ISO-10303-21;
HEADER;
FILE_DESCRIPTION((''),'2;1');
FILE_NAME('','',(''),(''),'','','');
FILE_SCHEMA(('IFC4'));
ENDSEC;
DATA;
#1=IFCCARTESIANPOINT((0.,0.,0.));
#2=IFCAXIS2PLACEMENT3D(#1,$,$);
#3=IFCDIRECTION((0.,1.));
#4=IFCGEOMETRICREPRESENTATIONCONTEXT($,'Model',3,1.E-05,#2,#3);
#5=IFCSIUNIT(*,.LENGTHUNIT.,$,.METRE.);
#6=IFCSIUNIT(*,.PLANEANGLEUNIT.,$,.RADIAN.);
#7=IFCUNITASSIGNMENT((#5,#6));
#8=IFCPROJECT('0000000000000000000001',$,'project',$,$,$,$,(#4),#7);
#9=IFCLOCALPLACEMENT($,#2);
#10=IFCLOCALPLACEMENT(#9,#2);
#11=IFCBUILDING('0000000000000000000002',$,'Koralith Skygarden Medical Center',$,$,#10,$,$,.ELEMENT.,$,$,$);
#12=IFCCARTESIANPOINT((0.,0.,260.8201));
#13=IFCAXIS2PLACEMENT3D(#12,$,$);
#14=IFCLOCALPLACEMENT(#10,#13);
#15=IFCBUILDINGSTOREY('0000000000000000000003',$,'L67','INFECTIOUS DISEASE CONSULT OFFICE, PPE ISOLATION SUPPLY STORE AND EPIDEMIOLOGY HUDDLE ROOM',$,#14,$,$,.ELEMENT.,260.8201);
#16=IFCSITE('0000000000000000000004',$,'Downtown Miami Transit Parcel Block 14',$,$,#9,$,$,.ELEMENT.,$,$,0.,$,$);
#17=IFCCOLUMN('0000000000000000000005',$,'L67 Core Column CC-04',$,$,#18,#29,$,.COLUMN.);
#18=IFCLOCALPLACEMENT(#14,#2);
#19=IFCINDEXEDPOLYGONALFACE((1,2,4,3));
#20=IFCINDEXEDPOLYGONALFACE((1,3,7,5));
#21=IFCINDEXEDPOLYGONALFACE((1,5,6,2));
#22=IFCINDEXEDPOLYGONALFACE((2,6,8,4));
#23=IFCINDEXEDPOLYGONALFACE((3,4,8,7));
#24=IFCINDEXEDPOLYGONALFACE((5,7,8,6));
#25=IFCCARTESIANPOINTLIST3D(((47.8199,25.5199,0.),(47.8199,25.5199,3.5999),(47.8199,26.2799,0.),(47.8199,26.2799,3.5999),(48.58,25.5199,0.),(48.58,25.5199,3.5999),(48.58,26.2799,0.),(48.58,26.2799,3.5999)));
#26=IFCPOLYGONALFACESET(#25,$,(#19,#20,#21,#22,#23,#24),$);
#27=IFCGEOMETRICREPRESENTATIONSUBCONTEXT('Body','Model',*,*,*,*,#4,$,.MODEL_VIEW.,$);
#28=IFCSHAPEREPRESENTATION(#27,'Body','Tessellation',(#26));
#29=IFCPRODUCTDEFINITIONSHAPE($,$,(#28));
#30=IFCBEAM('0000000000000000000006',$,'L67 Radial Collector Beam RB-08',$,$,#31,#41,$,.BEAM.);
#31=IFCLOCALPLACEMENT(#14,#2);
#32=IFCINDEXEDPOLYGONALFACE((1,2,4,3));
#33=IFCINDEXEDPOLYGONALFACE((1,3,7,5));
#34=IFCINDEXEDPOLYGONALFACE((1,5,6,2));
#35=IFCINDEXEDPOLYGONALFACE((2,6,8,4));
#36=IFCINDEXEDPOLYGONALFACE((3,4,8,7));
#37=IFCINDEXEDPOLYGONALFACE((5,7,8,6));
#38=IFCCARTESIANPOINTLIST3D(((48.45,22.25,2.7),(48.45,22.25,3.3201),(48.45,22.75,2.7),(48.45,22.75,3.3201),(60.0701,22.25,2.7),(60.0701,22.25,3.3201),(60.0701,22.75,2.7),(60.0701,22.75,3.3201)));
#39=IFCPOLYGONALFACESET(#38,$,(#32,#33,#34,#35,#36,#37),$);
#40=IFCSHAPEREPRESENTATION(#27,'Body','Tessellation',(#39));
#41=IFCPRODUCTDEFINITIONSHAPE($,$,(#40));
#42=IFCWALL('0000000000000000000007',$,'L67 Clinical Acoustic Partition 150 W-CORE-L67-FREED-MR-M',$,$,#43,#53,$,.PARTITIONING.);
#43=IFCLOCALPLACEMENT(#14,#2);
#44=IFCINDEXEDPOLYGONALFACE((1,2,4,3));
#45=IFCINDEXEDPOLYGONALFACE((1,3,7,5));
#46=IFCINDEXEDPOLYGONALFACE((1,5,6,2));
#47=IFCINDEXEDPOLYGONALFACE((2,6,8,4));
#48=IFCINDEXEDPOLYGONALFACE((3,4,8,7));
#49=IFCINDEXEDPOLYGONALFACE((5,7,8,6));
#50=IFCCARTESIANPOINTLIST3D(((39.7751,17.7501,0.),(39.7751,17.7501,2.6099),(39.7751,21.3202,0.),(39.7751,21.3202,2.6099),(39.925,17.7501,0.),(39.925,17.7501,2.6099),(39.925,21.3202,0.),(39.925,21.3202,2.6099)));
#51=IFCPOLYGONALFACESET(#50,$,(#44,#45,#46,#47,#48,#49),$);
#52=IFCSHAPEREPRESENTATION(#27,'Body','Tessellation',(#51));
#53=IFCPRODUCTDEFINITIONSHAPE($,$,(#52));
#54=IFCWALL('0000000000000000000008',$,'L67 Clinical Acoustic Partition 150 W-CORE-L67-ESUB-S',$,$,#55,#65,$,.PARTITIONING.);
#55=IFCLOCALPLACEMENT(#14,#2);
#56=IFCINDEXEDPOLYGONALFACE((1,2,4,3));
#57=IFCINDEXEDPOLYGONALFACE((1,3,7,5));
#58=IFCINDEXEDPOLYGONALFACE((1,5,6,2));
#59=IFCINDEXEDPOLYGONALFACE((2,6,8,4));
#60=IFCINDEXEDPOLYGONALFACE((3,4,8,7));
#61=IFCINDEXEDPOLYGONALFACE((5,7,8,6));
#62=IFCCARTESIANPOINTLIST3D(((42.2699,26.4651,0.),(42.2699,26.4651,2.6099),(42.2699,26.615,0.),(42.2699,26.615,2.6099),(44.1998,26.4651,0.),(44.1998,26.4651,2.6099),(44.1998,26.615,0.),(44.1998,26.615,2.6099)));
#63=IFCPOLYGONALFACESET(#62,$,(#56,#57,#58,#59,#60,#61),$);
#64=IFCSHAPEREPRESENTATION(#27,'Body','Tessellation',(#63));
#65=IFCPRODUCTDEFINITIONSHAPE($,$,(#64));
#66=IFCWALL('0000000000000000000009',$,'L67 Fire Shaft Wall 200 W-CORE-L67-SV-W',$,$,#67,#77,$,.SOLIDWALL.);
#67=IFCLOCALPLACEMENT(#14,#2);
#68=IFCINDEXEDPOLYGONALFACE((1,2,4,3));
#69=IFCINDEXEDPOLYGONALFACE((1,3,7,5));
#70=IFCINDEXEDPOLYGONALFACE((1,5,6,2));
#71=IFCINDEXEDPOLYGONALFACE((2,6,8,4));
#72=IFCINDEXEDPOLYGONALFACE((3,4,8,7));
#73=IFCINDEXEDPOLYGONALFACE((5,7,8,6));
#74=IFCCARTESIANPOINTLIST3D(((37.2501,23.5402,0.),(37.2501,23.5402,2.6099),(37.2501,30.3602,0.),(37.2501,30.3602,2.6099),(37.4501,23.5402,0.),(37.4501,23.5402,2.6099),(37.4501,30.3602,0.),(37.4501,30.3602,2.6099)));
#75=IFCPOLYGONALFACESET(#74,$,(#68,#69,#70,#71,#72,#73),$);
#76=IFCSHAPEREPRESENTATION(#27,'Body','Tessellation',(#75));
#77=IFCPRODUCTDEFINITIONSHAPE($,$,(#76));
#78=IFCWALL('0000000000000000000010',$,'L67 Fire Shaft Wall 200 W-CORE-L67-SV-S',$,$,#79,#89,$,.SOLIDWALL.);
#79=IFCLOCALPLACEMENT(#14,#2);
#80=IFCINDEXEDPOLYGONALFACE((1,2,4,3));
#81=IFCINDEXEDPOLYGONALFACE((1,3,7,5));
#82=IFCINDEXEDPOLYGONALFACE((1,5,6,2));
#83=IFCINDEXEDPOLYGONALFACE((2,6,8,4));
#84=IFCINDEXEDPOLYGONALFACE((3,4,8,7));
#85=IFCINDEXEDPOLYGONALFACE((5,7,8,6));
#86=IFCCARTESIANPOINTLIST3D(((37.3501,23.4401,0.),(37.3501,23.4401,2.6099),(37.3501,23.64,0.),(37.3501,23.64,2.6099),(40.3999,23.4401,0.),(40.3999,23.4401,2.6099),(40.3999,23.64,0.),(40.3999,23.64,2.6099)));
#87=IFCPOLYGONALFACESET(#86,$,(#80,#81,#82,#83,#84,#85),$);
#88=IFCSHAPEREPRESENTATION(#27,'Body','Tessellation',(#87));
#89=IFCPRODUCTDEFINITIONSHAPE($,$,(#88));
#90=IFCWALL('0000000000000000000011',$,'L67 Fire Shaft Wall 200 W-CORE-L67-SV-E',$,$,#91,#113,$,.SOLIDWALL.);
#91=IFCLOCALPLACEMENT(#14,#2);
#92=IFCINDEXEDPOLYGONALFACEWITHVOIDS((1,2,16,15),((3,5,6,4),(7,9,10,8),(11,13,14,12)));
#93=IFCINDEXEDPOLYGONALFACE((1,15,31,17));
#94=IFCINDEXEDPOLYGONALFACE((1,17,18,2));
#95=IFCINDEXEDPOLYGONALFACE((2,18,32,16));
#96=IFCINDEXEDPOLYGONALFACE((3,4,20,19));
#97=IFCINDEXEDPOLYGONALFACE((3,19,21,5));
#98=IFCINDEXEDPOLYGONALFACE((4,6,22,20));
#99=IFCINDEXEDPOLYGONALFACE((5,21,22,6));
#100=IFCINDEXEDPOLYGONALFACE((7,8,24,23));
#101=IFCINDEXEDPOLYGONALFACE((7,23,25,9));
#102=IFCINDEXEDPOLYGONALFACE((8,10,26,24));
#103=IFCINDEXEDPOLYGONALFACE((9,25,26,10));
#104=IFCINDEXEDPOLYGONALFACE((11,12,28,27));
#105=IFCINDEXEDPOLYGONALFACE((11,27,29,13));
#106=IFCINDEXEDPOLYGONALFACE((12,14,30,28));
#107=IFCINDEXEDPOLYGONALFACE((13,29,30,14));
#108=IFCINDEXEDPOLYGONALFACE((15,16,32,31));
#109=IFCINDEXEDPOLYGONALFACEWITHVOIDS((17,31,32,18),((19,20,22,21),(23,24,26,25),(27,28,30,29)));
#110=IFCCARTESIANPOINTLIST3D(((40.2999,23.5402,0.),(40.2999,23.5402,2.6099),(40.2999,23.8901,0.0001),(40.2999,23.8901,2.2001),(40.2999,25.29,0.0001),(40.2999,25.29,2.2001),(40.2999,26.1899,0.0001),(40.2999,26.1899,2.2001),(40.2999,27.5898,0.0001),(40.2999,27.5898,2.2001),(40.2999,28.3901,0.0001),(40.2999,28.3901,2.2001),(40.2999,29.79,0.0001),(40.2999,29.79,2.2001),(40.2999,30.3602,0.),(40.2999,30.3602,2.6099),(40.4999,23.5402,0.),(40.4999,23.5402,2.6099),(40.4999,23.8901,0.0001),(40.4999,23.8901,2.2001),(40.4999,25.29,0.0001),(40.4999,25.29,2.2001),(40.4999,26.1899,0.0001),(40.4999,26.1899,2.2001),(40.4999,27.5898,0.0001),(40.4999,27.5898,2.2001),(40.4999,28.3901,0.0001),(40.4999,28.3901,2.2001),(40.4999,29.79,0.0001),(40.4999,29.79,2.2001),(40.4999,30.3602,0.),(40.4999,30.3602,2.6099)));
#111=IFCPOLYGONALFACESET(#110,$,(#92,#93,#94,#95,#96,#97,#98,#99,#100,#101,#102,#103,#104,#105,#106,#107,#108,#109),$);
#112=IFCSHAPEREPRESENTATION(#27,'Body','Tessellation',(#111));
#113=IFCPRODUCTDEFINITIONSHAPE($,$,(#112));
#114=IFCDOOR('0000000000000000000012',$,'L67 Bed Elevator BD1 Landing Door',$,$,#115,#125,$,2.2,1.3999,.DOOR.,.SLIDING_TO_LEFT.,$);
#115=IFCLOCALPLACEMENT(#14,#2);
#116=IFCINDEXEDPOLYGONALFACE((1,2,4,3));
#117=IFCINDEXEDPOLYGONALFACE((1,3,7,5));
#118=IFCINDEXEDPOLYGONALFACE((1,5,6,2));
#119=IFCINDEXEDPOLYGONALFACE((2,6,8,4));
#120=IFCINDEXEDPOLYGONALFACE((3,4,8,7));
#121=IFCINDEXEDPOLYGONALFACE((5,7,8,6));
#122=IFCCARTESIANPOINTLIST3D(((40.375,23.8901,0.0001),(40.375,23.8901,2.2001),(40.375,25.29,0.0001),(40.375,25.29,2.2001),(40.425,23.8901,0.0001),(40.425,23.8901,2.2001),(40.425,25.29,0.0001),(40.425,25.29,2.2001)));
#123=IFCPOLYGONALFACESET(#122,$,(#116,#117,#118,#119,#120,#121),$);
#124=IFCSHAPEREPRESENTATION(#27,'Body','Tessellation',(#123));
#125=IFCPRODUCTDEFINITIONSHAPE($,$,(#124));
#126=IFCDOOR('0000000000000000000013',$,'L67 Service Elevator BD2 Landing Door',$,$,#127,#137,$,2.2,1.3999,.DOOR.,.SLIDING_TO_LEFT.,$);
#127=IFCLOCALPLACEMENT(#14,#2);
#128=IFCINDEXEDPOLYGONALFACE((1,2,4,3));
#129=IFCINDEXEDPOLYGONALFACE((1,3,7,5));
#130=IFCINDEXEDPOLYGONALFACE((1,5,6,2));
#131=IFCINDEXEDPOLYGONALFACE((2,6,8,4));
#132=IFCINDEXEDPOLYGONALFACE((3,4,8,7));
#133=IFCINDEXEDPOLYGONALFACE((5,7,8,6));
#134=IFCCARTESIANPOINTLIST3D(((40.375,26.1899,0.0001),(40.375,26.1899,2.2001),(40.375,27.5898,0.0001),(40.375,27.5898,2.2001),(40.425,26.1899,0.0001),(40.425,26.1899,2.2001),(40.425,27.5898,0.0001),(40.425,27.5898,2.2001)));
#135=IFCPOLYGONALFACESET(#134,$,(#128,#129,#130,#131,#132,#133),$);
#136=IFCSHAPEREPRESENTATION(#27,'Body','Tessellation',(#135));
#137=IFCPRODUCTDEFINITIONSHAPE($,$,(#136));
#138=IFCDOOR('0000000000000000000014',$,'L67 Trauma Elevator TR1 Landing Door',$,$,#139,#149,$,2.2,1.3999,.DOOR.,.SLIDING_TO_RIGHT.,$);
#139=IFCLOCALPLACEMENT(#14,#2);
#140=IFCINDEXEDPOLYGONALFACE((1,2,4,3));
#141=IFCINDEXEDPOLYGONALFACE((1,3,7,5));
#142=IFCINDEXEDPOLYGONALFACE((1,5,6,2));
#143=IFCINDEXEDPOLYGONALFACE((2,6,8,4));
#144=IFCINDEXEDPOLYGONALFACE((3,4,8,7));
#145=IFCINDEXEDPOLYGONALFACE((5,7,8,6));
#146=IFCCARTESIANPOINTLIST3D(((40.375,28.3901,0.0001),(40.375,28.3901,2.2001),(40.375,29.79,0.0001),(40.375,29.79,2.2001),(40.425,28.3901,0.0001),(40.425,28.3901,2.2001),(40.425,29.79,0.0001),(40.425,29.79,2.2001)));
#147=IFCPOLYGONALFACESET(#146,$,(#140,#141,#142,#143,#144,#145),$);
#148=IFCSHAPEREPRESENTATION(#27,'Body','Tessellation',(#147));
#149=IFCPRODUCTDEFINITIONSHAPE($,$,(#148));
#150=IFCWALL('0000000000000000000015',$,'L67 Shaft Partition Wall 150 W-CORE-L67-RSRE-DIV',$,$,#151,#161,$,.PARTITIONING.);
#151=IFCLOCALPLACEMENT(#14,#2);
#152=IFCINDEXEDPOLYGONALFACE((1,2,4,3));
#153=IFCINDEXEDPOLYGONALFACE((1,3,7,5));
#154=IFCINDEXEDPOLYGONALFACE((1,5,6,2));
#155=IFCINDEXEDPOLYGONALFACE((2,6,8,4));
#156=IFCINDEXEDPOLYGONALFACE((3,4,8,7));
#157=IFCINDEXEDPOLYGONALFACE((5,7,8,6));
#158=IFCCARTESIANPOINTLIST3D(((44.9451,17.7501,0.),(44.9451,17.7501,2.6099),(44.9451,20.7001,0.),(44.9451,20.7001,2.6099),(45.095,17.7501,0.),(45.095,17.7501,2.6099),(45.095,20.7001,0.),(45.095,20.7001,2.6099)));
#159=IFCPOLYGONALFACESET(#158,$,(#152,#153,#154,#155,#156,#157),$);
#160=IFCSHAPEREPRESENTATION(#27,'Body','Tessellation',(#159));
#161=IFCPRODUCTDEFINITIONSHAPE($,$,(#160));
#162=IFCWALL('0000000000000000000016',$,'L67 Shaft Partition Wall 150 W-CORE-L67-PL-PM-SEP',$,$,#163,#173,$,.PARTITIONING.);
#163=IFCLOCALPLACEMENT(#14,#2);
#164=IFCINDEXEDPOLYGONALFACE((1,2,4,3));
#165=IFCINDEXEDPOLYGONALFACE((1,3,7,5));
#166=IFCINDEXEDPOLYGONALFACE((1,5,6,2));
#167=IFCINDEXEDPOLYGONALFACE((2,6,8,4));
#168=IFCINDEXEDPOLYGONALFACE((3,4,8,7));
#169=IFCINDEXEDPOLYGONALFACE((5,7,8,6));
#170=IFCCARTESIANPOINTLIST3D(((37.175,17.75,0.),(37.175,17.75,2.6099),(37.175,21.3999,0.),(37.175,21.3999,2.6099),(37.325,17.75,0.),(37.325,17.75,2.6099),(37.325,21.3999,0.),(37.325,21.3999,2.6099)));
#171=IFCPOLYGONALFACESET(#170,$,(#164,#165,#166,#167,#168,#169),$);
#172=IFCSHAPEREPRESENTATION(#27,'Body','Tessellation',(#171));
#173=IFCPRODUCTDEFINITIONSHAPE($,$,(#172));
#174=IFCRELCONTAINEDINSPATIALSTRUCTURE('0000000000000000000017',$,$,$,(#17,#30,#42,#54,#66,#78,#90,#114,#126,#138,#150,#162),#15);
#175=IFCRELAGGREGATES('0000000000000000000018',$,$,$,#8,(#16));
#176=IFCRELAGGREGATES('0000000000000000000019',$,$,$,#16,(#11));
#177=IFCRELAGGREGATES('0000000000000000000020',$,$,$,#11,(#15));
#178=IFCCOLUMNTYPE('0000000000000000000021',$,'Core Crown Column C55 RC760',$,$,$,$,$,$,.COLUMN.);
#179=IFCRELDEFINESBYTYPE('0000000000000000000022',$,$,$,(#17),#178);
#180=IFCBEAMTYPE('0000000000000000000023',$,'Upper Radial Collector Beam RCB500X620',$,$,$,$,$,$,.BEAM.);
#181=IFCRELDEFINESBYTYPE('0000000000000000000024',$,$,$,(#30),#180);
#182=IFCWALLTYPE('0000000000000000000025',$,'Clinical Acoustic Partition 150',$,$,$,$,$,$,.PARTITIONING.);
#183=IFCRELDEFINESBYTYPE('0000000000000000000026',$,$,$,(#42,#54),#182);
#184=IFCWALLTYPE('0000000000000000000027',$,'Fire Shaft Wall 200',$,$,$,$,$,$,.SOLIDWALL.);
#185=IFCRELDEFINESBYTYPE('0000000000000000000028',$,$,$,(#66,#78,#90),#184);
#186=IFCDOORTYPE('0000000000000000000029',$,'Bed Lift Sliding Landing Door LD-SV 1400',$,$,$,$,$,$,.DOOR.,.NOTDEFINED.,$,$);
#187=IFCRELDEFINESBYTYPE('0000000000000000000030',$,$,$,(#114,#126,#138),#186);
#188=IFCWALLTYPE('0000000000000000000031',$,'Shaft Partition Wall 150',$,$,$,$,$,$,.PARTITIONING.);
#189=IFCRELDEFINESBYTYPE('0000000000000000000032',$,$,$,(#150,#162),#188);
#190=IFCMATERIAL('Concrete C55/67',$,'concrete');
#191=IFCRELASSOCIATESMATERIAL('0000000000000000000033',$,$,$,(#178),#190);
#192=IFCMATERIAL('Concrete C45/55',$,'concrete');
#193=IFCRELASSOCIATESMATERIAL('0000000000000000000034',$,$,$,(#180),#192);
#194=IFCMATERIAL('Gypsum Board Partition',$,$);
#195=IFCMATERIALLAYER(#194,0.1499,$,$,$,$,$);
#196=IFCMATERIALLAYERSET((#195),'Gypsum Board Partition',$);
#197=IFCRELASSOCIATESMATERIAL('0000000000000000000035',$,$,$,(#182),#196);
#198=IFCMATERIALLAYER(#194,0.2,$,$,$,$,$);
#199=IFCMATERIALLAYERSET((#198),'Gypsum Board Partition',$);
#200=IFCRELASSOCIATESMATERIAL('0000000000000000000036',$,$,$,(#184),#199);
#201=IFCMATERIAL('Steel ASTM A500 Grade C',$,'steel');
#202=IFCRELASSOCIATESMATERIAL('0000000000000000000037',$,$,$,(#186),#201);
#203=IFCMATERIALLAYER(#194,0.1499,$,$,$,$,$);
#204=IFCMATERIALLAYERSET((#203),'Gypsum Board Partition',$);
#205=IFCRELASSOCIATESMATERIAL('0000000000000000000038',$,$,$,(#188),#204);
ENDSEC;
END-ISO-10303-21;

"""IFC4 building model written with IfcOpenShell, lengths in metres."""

from ifc_helpers import new_model, si_unit, direction, frame, frame_2d, origin, origin_2d, place, context, subcontext, project, spatial, rectangle, extrude, material, layer, layer_set, material_profile, profile_set, type_object, element, fill, save


model = new_model("IFC4")

# Units and contexts
model_context = context("Model", 3, precision=1e-05, world=origin(), true_north=direction((0.0, 1.0)))
body_context = subcontext(model_context, "Body", "Model", "MODEL_VIEW")
ifc_project = project(units=[si_unit("LENGTHUNIT", "METRE"), si_unit("PLANEANGLEUNIT", "RADIAN")], contexts=[model_context])

# Site, building, storey
site_placement = place(None, origin())
site = spatial("IfcSite", under=ifc_project, at=site_placement, Name="Downtown Miami Transit Parcel Block 14", CompositionType="ELEMENT", RefElevation=0.0)
building_placement = place(site_placement, origin())
building = spatial("IfcBuilding", under=site, at=building_placement, Name="Koralith Skygarden Medical Center", CompositionType="ELEMENT")
storey_placement = place(building_placement, frame((0.0, 0.0, 260.8201)))
storey = spatial("IfcBuildingStorey", under=building, at=storey_placement, Name="L67", Description="INFECTIOUS DISEASE CONSULT OFFICE, PPE ISOLATION SUPPLY STORE AND EPIDEMIOLOGY HUDDLE ROOM", CompositionType="ELEMENT", Elevation=260.8201)

# Column
ifc_material_1 = material(Name="Concrete C55/67", Category="concrete")
ifc_material_profile_1 = material_profile(ifc_material_1, rectangle(XDim=0.76, YDim=0.76, at=origin_2d()), Name="RC760X760")
ifc_profile_set_1 = profile_set([ifc_material_profile_1], Name="Concrete C55/67")
column_type = type_object("IfcColumnType", Name="Core Crown Column C55 RC760", PredefinedType="COLUMN", material=ifc_profile_set_1)
column_placement = place(storey_placement, frame((48.2, 25.8999, 0.0), z_axis=(0.0, 0.0, 1.0), x_axis=(1.0, 0.0, 0.0)))
element("IfcColumn", 1, at=column_placement, inside=storey, type_object=column_type, Name="L67 Core Column CC-04", PredefinedType="COLUMN", context=body_context, shape_type="SweptSolid", body=[
    extrude(rectangle(XDim=0.76, YDim=0.76, at=origin_2d()), origin(), (0.0, 0.0, 1.0), 3.5999),
])

# Beam
ifc_material_2 = material(Name="Concrete C45/55", Category="concrete")
ifc_material_profile_2 = material_profile(ifc_material_2, rectangle(XDim=0.5, YDim=0.6201, at=origin_2d()), Name="RCB500X620")
ifc_profile_set_2 = profile_set([ifc_material_profile_2], Name="Concrete C45/55")
beam_type = type_object("IfcBeamType", Name="Upper Radial Collector Beam RCB500X620", PredefinedType="BEAM", material=ifc_profile_set_2)
beam_placement = place(storey_placement, frame((48.45, 22.5, 3.01), z_axis=(1.0, 0.0, 0.0), x_axis=(0.0, 1.0, 0.0)))
element("IfcBeam", 2, at=beam_placement, inside=storey, type_object=beam_type, Name="L67 Radial Collector Beam RB-08", PredefinedType="BEAM", context=body_context, shape_type="SweptSolid", body=[
    extrude(rectangle(XDim=0.5, YDim=0.6201, at=origin_2d()), origin(), (0.0, 0.0, 1.0), 11.6201),
])

# Shared definitions
ifc_material_3 = material(Name="Gypsum Board Partition")
ifc_layer_1 = layer(ifc_material_3, 0.1499)
ifc_layer_set_1 = layer_set([ifc_layer_1], Name="Gypsum Board Partition")
wall_type_1 = type_object("IfcWallType", Name="Clinical Acoustic Partition 150", PredefinedType="PARTITIONING", material=ifc_layer_set_1)

# Wall
wall_1_placement = place(storey_placement, frame((39.8501, 17.75, 0.0), z_axis=(0.0, 0.0, 1.0), x_axis=(0.0, 1.0, 0.0)))
element("IfcWall", 3, at=wall_1_placement, inside=storey, type_object=wall_type_1, Name="L67 Clinical Acoustic Partition 150 W-CORE-L67-FREED-MR-M", PredefinedType="PARTITIONING", context=body_context, shape_type="SweptSolid", body=[
    extrude(rectangle(XDim=3.5701, YDim=0.1499, at=frame_2d((1.7852, 0.0))), origin(), (0.0, 0.0, 1.0), 2.6099),
])

# Wall
wall_2_placement = place(storey_placement, frame((42.27, 26.54, 0.0), z_axis=(0.0, 0.0, 1.0), x_axis=(1.0, 0.0, 0.0)))
element("IfcWall", 4, at=wall_2_placement, inside=storey, type_object=wall_type_1, Name="L67 Clinical Acoustic Partition 150 W-CORE-L67-ESUB-S", PredefinedType="PARTITIONING", context=body_context, shape_type="SweptSolid", body=[
    extrude(rectangle(XDim=1.9299, YDim=0.1499, at=frame_2d((0.9648, 0.0))), origin(), (0.0, 0.0, 1.0), 2.6099),
])

# Shared definitions
ifc_layer_2 = layer(ifc_material_3, 0.2)
ifc_layer_set_2 = layer_set([ifc_layer_2], Name="Gypsum Board Partition")
wall_type_2 = type_object("IfcWallType", Name="Fire Shaft Wall 200", PredefinedType="SOLIDWALL", material=ifc_layer_set_2)
ifc_material_4 = material(Name="Steel ASTM A500 Grade C", Category="steel")

# Walls
wall_3_placement = place(storey_placement, frame((37.3501, 23.54, 0.0), z_axis=(0.0, 0.0, 1.0), x_axis=(0.0, 1.0, 0.0)))
element("IfcWall", 5, at=wall_3_placement, inside=storey, type_object=wall_type_2, Name="L67 Fire Shaft Wall 200 W-CORE-L67-SV-W", PredefinedType="SOLIDWALL", context=body_context, shape_type="SweptSolid", body=[
    extrude(rectangle(XDim=6.8201, YDim=0.2, at=frame_2d((3.4102, 0.0))), origin(), (0.0, 0.0, 1.0), 2.6099),
])
wall_4_placement = place(storey_placement, frame((37.3501, 23.54, 0.0), z_axis=(0.0, 0.0, 1.0), x_axis=(1.0, 0.0, 0.0)))
element("IfcWall", 6, at=wall_4_placement, inside=storey, type_object=wall_type_2, Name="L67 Fire Shaft Wall 200 W-CORE-L67-SV-S", PredefinedType="SOLIDWALL", context=body_context, shape_type="SweptSolid", body=[
    extrude(rectangle(XDim=3.0498, YDim=0.2, at=frame_2d((1.5249, 0.0))), origin(), (0.0, 0.0, 1.0), 2.6099),
])

# Wall, openings, doors
wall_5_placement = place(storey_placement, frame((40.3999, 23.54, 0.0), z_axis=(0.0, 0.0, 1.0), x_axis=(0.0, 1.0, 0.0)))
wall_5 = element("IfcWall", 7, at=wall_5_placement, inside=storey, type_object=wall_type_2, Name="L67 Fire Shaft Wall 200 W-CORE-L67-SV-E", PredefinedType="SOLIDWALL", context=body_context, shape_type="SweptSolid", body=[
    extrude(rectangle(XDim=6.8201, YDim=0.2, at=frame_2d((3.4102, 0.0))), origin(), (0.0, 0.0, 1.0), 2.6099),
])
opening_1_placement = place(wall_5_placement, frame((0.3501, 0.0, 0.0)))
opening_1 = element("IfcOpeningElement", 8, at=opening_1_placement, cuts=wall_5, PredefinedType="OPENING", context=body_context, shape_type="SweptSolid", body=[
    extrude(rectangle(XDim=1.3999, YDim=2.2, at=frame_2d((0.7, 1.1001))), frame((0.0, 0.1099, 0.0), z_axis=(0.0, -1.0, 0.0), x_axis=(1.0, 0.0, 0.0)), (0.0, 0.0, 1.0), 0.22),
])
opening_2_placement = place(wall_5_placement, frame((2.6499, 0.0, 0.0)))
opening_2 = element("IfcOpeningElement", 9, at=opening_2_placement, cuts=wall_5, PredefinedType="OPENING", context=body_context, shape_type="SweptSolid", body=[
    extrude(rectangle(XDim=1.3999, YDim=2.2, at=frame_2d((0.7, 1.1001))), frame((0.0, 0.1099, 0.0), z_axis=(0.0, -1.0, 0.0), x_axis=(1.0, 0.0, 0.0)), (0.0, 0.0, 1.0), 0.22),
])
opening_3_placement = place(wall_5_placement, frame((4.8501, 0.0, 0.0)))
opening_3 = element("IfcOpeningElement", 10, at=opening_3_placement, cuts=wall_5, PredefinedType="OPENING", context=body_context, shape_type="SweptSolid", body=[
    extrude(rectangle(XDim=1.3999, YDim=2.2, at=frame_2d((0.7, 1.1001))), frame((0.0, 0.1099, 0.0), z_axis=(0.0, -1.0, 0.0), x_axis=(1.0, 0.0, 0.0)), (0.0, 0.0, 1.0), 0.22),
])
door_type_1 = type_object("IfcDoorType", Name="Bed Lift Sliding Landing Door LD-SV 1400", OperationType="NOTDEFINED", PredefinedType="DOOR", material=ifc_material_4)
door_1_placement = place(opening_1_placement, origin())
door_1 = element("IfcDoor", 11, at=door_1_placement, inside=storey, type_object=door_type_1, Name="L67 Bed Elevator BD1 Landing Door", OperationType="SLIDING_TO_LEFT", OverallHeight=2.2, OverallWidth=1.3999, PredefinedType="DOOR", context=body_context, shape_type="SweptSolid", body=[
    extrude(rectangle(XDim=1.3999, YDim=2.2, at=frame_2d((0.7, 1.1001))), frame((0.0, 0.0249, 0.0), z_axis=(0.0, -1.0, 0.0), x_axis=(1.0, 0.0, 0.0)), (0.0, 0.0, 1.0), 0.05),
])
fill(opening_1, door_1)
door_2_placement = place(opening_2_placement, origin())
door_2 = element("IfcDoor", 12, at=door_2_placement, inside=storey, type_object=door_type_1, Name="L67 Service Elevator BD2 Landing Door", OperationType="SLIDING_TO_LEFT", OverallHeight=2.2, OverallWidth=1.3999, PredefinedType="DOOR", context=body_context, shape_type="SweptSolid", body=[
    extrude(rectangle(XDim=1.3999, YDim=2.2, at=frame_2d((0.7, 1.1001))), frame((0.0, 0.0249, 0.0), z_axis=(0.0, -1.0, 0.0), x_axis=(1.0, 0.0, 0.0)), (0.0, 0.0, 1.0), 0.05),
])
fill(opening_2, door_2)
door_3_placement = place(opening_3_placement, origin())
door_3 = element("IfcDoor", 13, at=door_3_placement, inside=storey, type_object=door_type_1, Name="L67 Trauma Elevator TR1 Landing Door", OperationType="SLIDING_TO_RIGHT", OverallHeight=2.2, OverallWidth=1.3999, PredefinedType="DOOR", context=body_context, shape_type="SweptSolid", body=[
    extrude(rectangle(XDim=1.3999, YDim=2.2, at=frame_2d((0.7, 1.1001))), frame((0.0, 0.0249, 0.0), z_axis=(0.0, -1.0, 0.0), x_axis=(1.0, 0.0, 0.0)), (0.0, 0.0, 1.0), 0.05),
])
fill(opening_3, door_3)

# Walls
ifc_layer_3 = layer(ifc_material_3, 0.1499)
ifc_layer_set_3 = layer_set([ifc_layer_3], Name="Gypsum Board Partition")
wall_type_3 = type_object("IfcWallType", Name="Shaft Partition Wall 150", PredefinedType="PARTITIONING", material=ifc_layer_set_3)
wall_6_placement = place(storey_placement, frame((45.02, 17.75, 0.0), z_axis=(0.0, 0.0, 1.0), x_axis=(0.0, 1.0, 0.0)))
element("IfcWall", 14, at=wall_6_placement, inside=storey, type_object=wall_type_3, Name="L67 Shaft Partition Wall 150 W-CORE-L67-RSRE-DIV", PredefinedType="PARTITIONING", context=body_context, shape_type="SweptSolid", body=[
    extrude(rectangle(XDim=2.95, YDim=0.1499, at=frame_2d((1.4751, 0.0))), origin(), (0.0, 0.0, 1.0), 2.6099),
])
wall_7_placement = place(storey_placement, frame((37.25, 17.75, 0.0), z_axis=(0.0, 0.0, 1.0), x_axis=(0.0, 1.0, 0.0)))
element("IfcWall", 15, at=wall_7_placement, inside=storey, type_object=wall_type_3, Name="L67 Shaft Partition Wall 150 W-CORE-L67-PL-PM-SEP", PredefinedType="PARTITIONING", context=body_context, shape_type="SweptSolid", body=[
    extrude(rectangle(XDim=3.6499, YDim=0.1499, at=frame_2d((1.825, 0.0))), origin(), (0.0, 0.0, 1.0), 2.6099),
])

save(model, "model.ifc")
